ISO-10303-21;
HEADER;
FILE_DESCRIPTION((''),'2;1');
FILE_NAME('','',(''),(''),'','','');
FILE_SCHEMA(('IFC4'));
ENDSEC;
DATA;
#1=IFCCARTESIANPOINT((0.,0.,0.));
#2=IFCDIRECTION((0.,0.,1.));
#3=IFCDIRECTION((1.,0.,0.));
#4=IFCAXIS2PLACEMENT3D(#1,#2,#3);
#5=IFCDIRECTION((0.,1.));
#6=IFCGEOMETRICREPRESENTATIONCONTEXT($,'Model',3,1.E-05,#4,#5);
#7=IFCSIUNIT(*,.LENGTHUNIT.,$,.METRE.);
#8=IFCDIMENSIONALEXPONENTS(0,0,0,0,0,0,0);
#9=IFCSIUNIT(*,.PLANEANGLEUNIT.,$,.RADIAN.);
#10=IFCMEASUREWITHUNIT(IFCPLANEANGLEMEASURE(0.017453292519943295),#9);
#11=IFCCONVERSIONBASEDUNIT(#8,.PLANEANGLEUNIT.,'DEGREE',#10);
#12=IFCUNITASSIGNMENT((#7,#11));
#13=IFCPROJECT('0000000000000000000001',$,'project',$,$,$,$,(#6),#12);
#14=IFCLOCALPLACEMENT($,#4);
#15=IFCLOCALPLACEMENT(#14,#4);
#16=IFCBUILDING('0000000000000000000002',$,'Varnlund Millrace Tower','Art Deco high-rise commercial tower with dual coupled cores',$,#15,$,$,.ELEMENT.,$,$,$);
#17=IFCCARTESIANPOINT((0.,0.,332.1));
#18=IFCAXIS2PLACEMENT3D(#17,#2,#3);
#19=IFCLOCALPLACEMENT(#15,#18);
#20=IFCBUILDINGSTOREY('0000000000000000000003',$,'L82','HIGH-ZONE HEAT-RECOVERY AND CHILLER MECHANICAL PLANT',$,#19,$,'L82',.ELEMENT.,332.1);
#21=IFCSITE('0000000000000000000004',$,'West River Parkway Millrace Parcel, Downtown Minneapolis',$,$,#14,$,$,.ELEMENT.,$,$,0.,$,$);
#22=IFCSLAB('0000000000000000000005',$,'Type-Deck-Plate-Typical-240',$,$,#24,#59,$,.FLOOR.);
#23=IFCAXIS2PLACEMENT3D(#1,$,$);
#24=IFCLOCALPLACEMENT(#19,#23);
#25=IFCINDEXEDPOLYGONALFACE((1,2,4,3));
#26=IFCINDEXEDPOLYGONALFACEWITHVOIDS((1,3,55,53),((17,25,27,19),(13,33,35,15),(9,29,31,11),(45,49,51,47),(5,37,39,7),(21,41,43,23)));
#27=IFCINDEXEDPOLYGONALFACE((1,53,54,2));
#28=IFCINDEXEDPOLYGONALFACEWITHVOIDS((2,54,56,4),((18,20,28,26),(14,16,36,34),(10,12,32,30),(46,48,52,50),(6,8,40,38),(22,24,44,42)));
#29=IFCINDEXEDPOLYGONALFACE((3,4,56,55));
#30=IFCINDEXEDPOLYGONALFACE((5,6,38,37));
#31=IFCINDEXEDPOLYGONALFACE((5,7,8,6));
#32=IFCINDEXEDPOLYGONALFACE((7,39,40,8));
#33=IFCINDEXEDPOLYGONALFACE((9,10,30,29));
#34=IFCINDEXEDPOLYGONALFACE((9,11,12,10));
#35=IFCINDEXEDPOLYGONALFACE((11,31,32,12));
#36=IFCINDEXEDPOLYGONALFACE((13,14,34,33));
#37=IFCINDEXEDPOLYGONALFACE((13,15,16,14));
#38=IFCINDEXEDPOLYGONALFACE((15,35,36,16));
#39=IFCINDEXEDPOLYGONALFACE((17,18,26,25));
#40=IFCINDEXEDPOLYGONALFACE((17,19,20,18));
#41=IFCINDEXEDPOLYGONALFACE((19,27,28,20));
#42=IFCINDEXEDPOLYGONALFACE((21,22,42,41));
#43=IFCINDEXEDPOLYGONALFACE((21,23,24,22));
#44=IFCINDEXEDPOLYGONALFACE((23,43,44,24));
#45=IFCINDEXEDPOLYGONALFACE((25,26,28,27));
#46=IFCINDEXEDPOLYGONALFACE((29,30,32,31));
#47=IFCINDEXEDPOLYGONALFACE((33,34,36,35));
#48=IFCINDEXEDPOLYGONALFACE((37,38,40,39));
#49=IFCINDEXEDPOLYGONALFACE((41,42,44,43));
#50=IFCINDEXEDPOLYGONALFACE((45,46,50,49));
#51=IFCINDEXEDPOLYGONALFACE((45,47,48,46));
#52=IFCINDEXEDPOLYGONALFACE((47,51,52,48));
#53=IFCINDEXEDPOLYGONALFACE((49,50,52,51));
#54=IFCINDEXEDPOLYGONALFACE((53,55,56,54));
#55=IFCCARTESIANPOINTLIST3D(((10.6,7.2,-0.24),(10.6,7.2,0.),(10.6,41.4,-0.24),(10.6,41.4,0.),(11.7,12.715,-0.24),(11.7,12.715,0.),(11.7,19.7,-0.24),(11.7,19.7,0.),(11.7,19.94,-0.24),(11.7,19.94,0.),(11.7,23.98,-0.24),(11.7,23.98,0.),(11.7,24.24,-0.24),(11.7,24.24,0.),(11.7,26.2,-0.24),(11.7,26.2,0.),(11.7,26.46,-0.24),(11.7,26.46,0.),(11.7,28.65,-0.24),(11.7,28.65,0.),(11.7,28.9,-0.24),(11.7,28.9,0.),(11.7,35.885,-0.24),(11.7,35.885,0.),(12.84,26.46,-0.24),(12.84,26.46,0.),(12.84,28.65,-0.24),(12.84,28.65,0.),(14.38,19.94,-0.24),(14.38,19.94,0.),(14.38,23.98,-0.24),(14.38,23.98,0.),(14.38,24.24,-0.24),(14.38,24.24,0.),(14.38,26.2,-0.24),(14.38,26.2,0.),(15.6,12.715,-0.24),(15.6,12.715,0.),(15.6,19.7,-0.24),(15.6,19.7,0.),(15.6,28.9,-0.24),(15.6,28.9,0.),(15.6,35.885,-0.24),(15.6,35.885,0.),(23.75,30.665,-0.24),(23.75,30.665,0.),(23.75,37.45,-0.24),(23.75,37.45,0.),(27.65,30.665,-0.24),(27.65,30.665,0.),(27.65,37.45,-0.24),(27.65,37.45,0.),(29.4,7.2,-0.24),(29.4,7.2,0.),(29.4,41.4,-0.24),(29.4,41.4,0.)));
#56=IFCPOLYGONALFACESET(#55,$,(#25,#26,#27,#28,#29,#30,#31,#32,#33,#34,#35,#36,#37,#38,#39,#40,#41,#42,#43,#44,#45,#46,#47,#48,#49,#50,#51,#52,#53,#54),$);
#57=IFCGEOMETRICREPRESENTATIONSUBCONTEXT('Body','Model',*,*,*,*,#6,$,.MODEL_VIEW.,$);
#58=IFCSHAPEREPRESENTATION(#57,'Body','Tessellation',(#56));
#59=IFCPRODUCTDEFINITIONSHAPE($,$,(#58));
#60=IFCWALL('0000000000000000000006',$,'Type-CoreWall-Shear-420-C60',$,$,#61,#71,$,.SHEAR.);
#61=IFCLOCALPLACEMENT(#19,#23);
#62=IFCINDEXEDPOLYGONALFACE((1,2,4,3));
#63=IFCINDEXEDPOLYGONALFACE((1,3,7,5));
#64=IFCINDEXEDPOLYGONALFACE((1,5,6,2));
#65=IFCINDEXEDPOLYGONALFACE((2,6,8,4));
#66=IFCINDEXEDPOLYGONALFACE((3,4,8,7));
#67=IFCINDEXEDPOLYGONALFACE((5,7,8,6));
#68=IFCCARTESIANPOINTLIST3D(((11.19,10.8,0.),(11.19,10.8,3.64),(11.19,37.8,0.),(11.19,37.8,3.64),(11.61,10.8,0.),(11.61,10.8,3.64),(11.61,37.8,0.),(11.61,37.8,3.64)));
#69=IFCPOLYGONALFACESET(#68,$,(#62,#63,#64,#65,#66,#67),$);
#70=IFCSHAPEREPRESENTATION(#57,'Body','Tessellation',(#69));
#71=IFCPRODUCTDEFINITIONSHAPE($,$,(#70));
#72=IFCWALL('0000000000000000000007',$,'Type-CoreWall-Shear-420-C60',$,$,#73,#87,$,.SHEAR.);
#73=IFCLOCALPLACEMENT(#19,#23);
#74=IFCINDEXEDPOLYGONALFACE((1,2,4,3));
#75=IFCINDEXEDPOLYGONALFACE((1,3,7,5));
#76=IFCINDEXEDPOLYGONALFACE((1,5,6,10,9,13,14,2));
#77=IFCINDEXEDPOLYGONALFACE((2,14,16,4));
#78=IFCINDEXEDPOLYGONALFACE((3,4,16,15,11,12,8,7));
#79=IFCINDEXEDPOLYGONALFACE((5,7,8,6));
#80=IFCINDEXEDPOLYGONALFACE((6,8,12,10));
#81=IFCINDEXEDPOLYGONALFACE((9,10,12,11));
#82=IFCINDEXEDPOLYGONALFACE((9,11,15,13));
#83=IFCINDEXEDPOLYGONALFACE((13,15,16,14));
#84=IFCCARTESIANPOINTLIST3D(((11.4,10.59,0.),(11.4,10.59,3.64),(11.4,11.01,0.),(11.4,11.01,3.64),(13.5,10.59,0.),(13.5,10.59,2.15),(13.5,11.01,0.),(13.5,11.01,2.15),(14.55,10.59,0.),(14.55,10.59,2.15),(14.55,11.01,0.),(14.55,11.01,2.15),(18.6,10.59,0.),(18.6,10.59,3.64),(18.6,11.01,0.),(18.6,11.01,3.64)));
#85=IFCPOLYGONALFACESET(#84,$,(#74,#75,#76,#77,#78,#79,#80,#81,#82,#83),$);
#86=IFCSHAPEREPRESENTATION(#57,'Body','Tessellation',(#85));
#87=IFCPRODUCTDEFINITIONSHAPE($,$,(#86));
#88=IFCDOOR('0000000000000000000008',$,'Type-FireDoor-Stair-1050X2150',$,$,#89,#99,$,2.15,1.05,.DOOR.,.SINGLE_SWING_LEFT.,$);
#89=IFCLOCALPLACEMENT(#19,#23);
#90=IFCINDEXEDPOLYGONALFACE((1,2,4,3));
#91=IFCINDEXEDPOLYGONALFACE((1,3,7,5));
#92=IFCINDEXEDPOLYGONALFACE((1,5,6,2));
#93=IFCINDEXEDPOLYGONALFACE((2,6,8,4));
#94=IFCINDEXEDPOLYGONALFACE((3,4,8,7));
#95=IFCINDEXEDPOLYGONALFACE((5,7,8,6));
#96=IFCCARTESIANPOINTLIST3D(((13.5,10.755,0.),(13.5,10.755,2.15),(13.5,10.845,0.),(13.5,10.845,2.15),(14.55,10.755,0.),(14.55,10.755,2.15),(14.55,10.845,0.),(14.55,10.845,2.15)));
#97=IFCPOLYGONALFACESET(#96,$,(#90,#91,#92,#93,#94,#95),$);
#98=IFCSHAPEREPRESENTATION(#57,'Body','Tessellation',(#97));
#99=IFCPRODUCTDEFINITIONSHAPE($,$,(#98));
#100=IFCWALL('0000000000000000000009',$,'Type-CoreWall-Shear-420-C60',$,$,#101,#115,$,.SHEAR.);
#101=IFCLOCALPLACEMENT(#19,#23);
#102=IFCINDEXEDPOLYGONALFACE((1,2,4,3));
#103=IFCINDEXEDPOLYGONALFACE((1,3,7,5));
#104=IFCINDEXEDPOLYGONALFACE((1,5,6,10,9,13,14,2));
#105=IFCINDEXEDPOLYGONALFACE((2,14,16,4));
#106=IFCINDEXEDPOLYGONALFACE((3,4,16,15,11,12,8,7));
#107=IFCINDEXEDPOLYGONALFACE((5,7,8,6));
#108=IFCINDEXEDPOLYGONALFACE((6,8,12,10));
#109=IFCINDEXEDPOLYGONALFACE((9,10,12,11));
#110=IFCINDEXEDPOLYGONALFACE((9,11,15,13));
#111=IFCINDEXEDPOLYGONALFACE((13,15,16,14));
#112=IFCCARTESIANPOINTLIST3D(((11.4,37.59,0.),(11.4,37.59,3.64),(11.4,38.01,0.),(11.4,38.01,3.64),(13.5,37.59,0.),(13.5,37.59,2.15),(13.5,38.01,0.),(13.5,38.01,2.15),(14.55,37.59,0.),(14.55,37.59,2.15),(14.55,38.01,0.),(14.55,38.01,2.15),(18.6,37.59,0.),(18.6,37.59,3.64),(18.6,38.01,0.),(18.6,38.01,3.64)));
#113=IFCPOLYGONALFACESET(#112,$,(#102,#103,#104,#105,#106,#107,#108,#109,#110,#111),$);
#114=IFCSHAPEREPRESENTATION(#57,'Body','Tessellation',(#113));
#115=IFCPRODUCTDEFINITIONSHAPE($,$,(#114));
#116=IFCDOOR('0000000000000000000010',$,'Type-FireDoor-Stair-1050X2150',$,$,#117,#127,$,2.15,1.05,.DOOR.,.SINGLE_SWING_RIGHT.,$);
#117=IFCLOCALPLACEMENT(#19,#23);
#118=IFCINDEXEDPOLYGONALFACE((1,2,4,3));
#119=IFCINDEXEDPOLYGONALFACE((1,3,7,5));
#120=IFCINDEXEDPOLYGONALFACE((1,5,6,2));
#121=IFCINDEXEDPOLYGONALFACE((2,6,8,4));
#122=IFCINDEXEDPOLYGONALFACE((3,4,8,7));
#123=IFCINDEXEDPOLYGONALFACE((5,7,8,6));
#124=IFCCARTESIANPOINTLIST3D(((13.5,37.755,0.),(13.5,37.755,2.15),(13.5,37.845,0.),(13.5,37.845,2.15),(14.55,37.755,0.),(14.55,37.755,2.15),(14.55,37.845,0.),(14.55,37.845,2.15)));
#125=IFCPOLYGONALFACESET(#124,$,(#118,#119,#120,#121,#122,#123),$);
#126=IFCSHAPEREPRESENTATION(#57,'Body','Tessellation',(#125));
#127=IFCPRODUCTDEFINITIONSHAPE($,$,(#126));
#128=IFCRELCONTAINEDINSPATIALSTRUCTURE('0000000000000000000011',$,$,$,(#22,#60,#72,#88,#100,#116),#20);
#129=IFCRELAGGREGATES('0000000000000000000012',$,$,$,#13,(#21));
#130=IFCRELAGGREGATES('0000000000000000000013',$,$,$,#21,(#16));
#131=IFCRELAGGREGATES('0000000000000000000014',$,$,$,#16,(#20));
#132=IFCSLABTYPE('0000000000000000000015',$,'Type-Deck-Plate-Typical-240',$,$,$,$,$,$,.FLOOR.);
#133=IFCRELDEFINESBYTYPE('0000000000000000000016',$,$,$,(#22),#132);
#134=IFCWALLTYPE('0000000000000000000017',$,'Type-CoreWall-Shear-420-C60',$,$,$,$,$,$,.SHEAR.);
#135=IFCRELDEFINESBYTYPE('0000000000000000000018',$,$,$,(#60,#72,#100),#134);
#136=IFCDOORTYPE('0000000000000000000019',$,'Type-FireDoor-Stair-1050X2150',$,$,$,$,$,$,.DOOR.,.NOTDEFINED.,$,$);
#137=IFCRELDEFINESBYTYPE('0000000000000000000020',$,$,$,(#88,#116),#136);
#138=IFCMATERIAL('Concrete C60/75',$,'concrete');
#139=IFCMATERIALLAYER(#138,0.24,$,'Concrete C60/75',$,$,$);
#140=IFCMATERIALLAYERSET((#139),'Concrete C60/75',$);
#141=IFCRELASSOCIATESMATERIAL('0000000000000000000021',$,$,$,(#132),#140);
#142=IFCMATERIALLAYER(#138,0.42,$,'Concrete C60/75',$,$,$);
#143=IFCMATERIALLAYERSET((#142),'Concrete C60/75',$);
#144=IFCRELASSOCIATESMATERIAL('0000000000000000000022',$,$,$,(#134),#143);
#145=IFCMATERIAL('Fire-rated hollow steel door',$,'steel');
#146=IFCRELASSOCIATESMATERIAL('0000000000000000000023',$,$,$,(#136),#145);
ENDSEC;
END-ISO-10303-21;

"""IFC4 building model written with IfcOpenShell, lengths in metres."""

from ifc_helpers import new_model, entity, si_unit, converted_unit, direction, frame, origin_with_axes, origin_2d_with_axis, place, context, subcontext, project, spatial, polyline, rectangle, outline, extrude, material, layer, layer_set, type_object, element, fill, save


model = new_model("IFC4")

# Units and contexts
model_context = context("Model", 3, precision=1e-05, world=origin_with_axes(), true_north=direction((0.0, 1.0)))
body_context = subcontext(model_context, "Body", "Model", "MODEL_VIEW")
ifc_project = project(units=[si_unit("LENGTHUNIT", "METRE"), converted_unit("PLANEANGLEUNIT", "DEGREE", entity("IfcPlaneAngleMeasure", 0.017453292519943295), si_unit("PLANEANGLEUNIT", "RADIAN"), dimensions=[0, 0, 0, 0, 0, 0, 0])], contexts=[model_context])

# Site, building, storey
site_placement = place(None, origin_with_axes())
site = spatial("IfcSite", under=ifc_project, at=site_placement, Name="West River Parkway Millrace Parcel, Downtown Minneapolis", CompositionType="ELEMENT", RefElevation=0.0)
building_placement = place(site_placement, origin_with_axes())
building = spatial("IfcBuilding", under=site, at=building_placement, Name="Varnlund Millrace Tower", Description="Art Deco high-rise commercial tower with dual coupled cores", CompositionType="ELEMENT")
storey_placement = place(building_placement, frame((0.0, 0.0, 332.1), z_axis=(0.0, 0.0, 1.0), x_axis=(1.0, 0.0, 0.0)))
storey = spatial("IfcBuildingStorey", under=building, at=storey_placement, Name="L82", Description="HIGH-ZONE HEAT-RECOVERY AND CHILLER MECHANICAL PLANT", LongName="L82", CompositionType="ELEMENT", Elevation=332.1)

# Slab
ifc_material_1 = material(Name="Concrete C60/75", Category="concrete")
ifc_layer_1 = layer(ifc_material_1, 0.24, Name="Concrete C60/75")
ifc_layer_set_1 = layer_set([ifc_layer_1], Name="Concrete C60/75")
slab_type = type_object("IfcSlabType", Name="Type-Deck-Plate-Typical-240", PredefinedType="FLOOR", material=ifc_layer_set_1)
slab_placement = place(storey_placement, frame((0.0, 0.0, -0.24), z_axis=(0.0, 0.0, 1.0), x_axis=(1.0, 0.0, 0.0)))
element("IfcSlab", 1, at=slab_placement, inside=storey, type_object=slab_type, Name="Type-Deck-Plate-Typical-240", PredefinedType="FLOOR", context=body_context, shape_type="SweptSolid", body=[
    extrude(outline(polyline([(29.4, 7.2), (29.4, 41.4), (10.6, 41.4), (10.6, 7.2), (29.4, 7.2)]), holes=[polyline([(11.7, 19.7), (15.6, 19.7), (15.6, 12.715), (11.7, 12.715), (11.7, 19.7)]), polyline([(11.7, 19.94), (11.7, 23.98), (14.38, 23.98), (14.38, 19.94), (11.7, 19.94)]), polyline([(14.38, 26.2), (14.38, 24.24), (11.7, 24.24), (11.7, 26.2), (14.38, 26.2)]), polyline([(12.84, 28.65), (12.84, 26.46), (11.7, 26.46), (11.7, 28.65), (12.84, 28.65)]), polyline([(15.6, 35.885), (15.6, 28.9), (11.7, 28.9), (11.7, 35.885), (15.6, 35.885)]), polyline([(27.65, 37.45), (27.65, 30.665), (23.75, 30.665), (23.75, 37.45), (27.65, 37.45)])]), origin_with_axes(), (0.0, 0.0, 1.0), 0.24),
])

# Wall
ifc_layer_2 = layer(ifc_material_1, 0.42, Name="Concrete C60/75")
ifc_layer_set_2 = layer_set([ifc_layer_2], Name="Concrete C60/75")
wall_type = type_object("IfcWallType", Name="Type-CoreWall-Shear-420-C60", PredefinedType="SHEAR", material=ifc_layer_set_2)
wall_1_placement = place(storey_placement, frame((11.4, 10.8, 0.0), z_axis=(0.0, 0.0, 1.0), x_axis=(0.0, 1.0, 0.0)))
element("IfcWall", 2, at=wall_1_placement, inside=storey, type_object=wall_type, Name="Type-CoreWall-Shear-420-C60", PredefinedType="SHEAR", context=body_context, shape_type="SweptSolid", body=[
    extrude(outline(polyline([(0.0, -0.21), (27.0, -0.21), (27.0, 0.21), (0.0, 0.21), (0.0, -0.21)])), origin_with_axes(), (0.0, 0.0, 1.0), 3.64),
])

# Walls, openings, doors
wall_2_placement = place(storey_placement, frame((11.4, 10.8, 0.0), z_axis=(0.0, 0.0, 1.0), x_axis=(1.0, 0.0, 0.0)))
wall_2 = element("IfcWall", 3, at=wall_2_placement, inside=storey, type_object=wall_type, Name="Type-CoreWall-Shear-420-C60", PredefinedType="SHEAR", context=body_context, shape_type="SweptSolid", body=[
    extrude(outline(polyline([(0.0, -0.21), (7.2, -0.21), (7.2, 0.21), (0.0, 0.21), (0.0, -0.21)])), origin_with_axes(), (0.0, 0.0, 1.0), 3.64),
])
opening_1_placement = place(wall_2_placement, frame((2.625, 0.0, 0.0), z_axis=(0.0, 0.0, 1.0), x_axis=(1.0, 0.0, 0.0)))
opening_1 = element("IfcOpeningElement", 4, at=opening_1_placement, cuts=wall_2, PredefinedType="OPENING", context=body_context, shape_type="SweptSolid", body=[
    extrude(rectangle(XDim=1.05, YDim=0.44, at=origin_2d_with_axis()), origin_with_axes(), (0.0, 0.0, 1.0), 2.15),
])
ifc_material_2 = material(Name="Fire-rated hollow steel door", Category="steel")
door_type_1 = type_object("IfcDoorType", Name="Type-FireDoor-Stair-1050X2150", OperationType="NOTDEFINED", PredefinedType="DOOR", material=ifc_material_2)
door_1_placement = place(wall_2_placement, frame((2.625, 0.0, 0.0), z_axis=(0.0, 0.0, 1.0), x_axis=(1.0, 0.0, 0.0)))
door_1 = element("IfcDoor", 5, at=door_1_placement, inside=storey, type_object=door_type_1, Name="Type-FireDoor-Stair-1050X2150", OperationType="SINGLE_SWING_LEFT", OverallHeight=2.15, OverallWidth=1.05, PredefinedType="DOOR", context=body_context, shape_type="SweptSolid", body=[
    extrude(rectangle(XDim=1.05, YDim=0.09, at=origin_2d_with_axis()), origin_with_axes(), (0.0, 0.0, 1.0), 2.15),
])
fill(opening_1, door_1)
wall_3_placement = place(storey_placement, frame((11.4, 37.8, 0.0), z_axis=(0.0, 0.0, 1.0), x_axis=(1.0, 0.0, 0.0)))
wall_3 = element("IfcWall", 6, at=wall_3_placement, inside=storey, type_object=wall_type, Name="Type-CoreWall-Shear-420-C60", PredefinedType="SHEAR", context=body_context, shape_type="SweptSolid", body=[
    extrude(outline(polyline([(0.0, -0.21), (7.2, -0.21), (7.2, 0.21), (0.0, 0.21), (0.0, -0.21)])), origin_with_axes(), (0.0, 0.0, 1.0), 3.64),
])
opening_2_placement = place(wall_3_placement, frame((2.625, 0.0, 0.0), z_axis=(0.0, 0.0, 1.0), x_axis=(1.0, 0.0, 0.0)))
opening_2 = element("IfcOpeningElement", 7, at=opening_2_placement, cuts=wall_3, PredefinedType="OPENING", context=body_context, shape_type="SweptSolid", body=[
    extrude(rectangle(XDim=1.05, YDim=0.44, at=origin_2d_with_axis()), origin_with_axes(), (0.0, 0.0, 1.0), 2.15),
])
door_2_placement = place(wall_3_placement, frame((2.625, 0.0, 0.0), z_axis=(0.0, 0.0, 1.0), x_axis=(1.0, 0.0, 0.0)))
door_2 = element("IfcDoor", 8, at=door_2_placement, inside=storey, type_object=door_type_1, Name="Type-FireDoor-Stair-1050X2150", OperationType="SINGLE_SWING_RIGHT", OverallHeight=2.15, OverallWidth=1.05, PredefinedType="DOOR", context=body_context, shape_type="SweptSolid", body=[
    extrude(rectangle(XDim=1.05, YDim=0.09, at=origin_2d_with_axis()), origin_with_axes(), (0.0, 0.0, 1.0), 2.15),
])
fill(opening_2, door_2)

save(model, "model.ifc")
